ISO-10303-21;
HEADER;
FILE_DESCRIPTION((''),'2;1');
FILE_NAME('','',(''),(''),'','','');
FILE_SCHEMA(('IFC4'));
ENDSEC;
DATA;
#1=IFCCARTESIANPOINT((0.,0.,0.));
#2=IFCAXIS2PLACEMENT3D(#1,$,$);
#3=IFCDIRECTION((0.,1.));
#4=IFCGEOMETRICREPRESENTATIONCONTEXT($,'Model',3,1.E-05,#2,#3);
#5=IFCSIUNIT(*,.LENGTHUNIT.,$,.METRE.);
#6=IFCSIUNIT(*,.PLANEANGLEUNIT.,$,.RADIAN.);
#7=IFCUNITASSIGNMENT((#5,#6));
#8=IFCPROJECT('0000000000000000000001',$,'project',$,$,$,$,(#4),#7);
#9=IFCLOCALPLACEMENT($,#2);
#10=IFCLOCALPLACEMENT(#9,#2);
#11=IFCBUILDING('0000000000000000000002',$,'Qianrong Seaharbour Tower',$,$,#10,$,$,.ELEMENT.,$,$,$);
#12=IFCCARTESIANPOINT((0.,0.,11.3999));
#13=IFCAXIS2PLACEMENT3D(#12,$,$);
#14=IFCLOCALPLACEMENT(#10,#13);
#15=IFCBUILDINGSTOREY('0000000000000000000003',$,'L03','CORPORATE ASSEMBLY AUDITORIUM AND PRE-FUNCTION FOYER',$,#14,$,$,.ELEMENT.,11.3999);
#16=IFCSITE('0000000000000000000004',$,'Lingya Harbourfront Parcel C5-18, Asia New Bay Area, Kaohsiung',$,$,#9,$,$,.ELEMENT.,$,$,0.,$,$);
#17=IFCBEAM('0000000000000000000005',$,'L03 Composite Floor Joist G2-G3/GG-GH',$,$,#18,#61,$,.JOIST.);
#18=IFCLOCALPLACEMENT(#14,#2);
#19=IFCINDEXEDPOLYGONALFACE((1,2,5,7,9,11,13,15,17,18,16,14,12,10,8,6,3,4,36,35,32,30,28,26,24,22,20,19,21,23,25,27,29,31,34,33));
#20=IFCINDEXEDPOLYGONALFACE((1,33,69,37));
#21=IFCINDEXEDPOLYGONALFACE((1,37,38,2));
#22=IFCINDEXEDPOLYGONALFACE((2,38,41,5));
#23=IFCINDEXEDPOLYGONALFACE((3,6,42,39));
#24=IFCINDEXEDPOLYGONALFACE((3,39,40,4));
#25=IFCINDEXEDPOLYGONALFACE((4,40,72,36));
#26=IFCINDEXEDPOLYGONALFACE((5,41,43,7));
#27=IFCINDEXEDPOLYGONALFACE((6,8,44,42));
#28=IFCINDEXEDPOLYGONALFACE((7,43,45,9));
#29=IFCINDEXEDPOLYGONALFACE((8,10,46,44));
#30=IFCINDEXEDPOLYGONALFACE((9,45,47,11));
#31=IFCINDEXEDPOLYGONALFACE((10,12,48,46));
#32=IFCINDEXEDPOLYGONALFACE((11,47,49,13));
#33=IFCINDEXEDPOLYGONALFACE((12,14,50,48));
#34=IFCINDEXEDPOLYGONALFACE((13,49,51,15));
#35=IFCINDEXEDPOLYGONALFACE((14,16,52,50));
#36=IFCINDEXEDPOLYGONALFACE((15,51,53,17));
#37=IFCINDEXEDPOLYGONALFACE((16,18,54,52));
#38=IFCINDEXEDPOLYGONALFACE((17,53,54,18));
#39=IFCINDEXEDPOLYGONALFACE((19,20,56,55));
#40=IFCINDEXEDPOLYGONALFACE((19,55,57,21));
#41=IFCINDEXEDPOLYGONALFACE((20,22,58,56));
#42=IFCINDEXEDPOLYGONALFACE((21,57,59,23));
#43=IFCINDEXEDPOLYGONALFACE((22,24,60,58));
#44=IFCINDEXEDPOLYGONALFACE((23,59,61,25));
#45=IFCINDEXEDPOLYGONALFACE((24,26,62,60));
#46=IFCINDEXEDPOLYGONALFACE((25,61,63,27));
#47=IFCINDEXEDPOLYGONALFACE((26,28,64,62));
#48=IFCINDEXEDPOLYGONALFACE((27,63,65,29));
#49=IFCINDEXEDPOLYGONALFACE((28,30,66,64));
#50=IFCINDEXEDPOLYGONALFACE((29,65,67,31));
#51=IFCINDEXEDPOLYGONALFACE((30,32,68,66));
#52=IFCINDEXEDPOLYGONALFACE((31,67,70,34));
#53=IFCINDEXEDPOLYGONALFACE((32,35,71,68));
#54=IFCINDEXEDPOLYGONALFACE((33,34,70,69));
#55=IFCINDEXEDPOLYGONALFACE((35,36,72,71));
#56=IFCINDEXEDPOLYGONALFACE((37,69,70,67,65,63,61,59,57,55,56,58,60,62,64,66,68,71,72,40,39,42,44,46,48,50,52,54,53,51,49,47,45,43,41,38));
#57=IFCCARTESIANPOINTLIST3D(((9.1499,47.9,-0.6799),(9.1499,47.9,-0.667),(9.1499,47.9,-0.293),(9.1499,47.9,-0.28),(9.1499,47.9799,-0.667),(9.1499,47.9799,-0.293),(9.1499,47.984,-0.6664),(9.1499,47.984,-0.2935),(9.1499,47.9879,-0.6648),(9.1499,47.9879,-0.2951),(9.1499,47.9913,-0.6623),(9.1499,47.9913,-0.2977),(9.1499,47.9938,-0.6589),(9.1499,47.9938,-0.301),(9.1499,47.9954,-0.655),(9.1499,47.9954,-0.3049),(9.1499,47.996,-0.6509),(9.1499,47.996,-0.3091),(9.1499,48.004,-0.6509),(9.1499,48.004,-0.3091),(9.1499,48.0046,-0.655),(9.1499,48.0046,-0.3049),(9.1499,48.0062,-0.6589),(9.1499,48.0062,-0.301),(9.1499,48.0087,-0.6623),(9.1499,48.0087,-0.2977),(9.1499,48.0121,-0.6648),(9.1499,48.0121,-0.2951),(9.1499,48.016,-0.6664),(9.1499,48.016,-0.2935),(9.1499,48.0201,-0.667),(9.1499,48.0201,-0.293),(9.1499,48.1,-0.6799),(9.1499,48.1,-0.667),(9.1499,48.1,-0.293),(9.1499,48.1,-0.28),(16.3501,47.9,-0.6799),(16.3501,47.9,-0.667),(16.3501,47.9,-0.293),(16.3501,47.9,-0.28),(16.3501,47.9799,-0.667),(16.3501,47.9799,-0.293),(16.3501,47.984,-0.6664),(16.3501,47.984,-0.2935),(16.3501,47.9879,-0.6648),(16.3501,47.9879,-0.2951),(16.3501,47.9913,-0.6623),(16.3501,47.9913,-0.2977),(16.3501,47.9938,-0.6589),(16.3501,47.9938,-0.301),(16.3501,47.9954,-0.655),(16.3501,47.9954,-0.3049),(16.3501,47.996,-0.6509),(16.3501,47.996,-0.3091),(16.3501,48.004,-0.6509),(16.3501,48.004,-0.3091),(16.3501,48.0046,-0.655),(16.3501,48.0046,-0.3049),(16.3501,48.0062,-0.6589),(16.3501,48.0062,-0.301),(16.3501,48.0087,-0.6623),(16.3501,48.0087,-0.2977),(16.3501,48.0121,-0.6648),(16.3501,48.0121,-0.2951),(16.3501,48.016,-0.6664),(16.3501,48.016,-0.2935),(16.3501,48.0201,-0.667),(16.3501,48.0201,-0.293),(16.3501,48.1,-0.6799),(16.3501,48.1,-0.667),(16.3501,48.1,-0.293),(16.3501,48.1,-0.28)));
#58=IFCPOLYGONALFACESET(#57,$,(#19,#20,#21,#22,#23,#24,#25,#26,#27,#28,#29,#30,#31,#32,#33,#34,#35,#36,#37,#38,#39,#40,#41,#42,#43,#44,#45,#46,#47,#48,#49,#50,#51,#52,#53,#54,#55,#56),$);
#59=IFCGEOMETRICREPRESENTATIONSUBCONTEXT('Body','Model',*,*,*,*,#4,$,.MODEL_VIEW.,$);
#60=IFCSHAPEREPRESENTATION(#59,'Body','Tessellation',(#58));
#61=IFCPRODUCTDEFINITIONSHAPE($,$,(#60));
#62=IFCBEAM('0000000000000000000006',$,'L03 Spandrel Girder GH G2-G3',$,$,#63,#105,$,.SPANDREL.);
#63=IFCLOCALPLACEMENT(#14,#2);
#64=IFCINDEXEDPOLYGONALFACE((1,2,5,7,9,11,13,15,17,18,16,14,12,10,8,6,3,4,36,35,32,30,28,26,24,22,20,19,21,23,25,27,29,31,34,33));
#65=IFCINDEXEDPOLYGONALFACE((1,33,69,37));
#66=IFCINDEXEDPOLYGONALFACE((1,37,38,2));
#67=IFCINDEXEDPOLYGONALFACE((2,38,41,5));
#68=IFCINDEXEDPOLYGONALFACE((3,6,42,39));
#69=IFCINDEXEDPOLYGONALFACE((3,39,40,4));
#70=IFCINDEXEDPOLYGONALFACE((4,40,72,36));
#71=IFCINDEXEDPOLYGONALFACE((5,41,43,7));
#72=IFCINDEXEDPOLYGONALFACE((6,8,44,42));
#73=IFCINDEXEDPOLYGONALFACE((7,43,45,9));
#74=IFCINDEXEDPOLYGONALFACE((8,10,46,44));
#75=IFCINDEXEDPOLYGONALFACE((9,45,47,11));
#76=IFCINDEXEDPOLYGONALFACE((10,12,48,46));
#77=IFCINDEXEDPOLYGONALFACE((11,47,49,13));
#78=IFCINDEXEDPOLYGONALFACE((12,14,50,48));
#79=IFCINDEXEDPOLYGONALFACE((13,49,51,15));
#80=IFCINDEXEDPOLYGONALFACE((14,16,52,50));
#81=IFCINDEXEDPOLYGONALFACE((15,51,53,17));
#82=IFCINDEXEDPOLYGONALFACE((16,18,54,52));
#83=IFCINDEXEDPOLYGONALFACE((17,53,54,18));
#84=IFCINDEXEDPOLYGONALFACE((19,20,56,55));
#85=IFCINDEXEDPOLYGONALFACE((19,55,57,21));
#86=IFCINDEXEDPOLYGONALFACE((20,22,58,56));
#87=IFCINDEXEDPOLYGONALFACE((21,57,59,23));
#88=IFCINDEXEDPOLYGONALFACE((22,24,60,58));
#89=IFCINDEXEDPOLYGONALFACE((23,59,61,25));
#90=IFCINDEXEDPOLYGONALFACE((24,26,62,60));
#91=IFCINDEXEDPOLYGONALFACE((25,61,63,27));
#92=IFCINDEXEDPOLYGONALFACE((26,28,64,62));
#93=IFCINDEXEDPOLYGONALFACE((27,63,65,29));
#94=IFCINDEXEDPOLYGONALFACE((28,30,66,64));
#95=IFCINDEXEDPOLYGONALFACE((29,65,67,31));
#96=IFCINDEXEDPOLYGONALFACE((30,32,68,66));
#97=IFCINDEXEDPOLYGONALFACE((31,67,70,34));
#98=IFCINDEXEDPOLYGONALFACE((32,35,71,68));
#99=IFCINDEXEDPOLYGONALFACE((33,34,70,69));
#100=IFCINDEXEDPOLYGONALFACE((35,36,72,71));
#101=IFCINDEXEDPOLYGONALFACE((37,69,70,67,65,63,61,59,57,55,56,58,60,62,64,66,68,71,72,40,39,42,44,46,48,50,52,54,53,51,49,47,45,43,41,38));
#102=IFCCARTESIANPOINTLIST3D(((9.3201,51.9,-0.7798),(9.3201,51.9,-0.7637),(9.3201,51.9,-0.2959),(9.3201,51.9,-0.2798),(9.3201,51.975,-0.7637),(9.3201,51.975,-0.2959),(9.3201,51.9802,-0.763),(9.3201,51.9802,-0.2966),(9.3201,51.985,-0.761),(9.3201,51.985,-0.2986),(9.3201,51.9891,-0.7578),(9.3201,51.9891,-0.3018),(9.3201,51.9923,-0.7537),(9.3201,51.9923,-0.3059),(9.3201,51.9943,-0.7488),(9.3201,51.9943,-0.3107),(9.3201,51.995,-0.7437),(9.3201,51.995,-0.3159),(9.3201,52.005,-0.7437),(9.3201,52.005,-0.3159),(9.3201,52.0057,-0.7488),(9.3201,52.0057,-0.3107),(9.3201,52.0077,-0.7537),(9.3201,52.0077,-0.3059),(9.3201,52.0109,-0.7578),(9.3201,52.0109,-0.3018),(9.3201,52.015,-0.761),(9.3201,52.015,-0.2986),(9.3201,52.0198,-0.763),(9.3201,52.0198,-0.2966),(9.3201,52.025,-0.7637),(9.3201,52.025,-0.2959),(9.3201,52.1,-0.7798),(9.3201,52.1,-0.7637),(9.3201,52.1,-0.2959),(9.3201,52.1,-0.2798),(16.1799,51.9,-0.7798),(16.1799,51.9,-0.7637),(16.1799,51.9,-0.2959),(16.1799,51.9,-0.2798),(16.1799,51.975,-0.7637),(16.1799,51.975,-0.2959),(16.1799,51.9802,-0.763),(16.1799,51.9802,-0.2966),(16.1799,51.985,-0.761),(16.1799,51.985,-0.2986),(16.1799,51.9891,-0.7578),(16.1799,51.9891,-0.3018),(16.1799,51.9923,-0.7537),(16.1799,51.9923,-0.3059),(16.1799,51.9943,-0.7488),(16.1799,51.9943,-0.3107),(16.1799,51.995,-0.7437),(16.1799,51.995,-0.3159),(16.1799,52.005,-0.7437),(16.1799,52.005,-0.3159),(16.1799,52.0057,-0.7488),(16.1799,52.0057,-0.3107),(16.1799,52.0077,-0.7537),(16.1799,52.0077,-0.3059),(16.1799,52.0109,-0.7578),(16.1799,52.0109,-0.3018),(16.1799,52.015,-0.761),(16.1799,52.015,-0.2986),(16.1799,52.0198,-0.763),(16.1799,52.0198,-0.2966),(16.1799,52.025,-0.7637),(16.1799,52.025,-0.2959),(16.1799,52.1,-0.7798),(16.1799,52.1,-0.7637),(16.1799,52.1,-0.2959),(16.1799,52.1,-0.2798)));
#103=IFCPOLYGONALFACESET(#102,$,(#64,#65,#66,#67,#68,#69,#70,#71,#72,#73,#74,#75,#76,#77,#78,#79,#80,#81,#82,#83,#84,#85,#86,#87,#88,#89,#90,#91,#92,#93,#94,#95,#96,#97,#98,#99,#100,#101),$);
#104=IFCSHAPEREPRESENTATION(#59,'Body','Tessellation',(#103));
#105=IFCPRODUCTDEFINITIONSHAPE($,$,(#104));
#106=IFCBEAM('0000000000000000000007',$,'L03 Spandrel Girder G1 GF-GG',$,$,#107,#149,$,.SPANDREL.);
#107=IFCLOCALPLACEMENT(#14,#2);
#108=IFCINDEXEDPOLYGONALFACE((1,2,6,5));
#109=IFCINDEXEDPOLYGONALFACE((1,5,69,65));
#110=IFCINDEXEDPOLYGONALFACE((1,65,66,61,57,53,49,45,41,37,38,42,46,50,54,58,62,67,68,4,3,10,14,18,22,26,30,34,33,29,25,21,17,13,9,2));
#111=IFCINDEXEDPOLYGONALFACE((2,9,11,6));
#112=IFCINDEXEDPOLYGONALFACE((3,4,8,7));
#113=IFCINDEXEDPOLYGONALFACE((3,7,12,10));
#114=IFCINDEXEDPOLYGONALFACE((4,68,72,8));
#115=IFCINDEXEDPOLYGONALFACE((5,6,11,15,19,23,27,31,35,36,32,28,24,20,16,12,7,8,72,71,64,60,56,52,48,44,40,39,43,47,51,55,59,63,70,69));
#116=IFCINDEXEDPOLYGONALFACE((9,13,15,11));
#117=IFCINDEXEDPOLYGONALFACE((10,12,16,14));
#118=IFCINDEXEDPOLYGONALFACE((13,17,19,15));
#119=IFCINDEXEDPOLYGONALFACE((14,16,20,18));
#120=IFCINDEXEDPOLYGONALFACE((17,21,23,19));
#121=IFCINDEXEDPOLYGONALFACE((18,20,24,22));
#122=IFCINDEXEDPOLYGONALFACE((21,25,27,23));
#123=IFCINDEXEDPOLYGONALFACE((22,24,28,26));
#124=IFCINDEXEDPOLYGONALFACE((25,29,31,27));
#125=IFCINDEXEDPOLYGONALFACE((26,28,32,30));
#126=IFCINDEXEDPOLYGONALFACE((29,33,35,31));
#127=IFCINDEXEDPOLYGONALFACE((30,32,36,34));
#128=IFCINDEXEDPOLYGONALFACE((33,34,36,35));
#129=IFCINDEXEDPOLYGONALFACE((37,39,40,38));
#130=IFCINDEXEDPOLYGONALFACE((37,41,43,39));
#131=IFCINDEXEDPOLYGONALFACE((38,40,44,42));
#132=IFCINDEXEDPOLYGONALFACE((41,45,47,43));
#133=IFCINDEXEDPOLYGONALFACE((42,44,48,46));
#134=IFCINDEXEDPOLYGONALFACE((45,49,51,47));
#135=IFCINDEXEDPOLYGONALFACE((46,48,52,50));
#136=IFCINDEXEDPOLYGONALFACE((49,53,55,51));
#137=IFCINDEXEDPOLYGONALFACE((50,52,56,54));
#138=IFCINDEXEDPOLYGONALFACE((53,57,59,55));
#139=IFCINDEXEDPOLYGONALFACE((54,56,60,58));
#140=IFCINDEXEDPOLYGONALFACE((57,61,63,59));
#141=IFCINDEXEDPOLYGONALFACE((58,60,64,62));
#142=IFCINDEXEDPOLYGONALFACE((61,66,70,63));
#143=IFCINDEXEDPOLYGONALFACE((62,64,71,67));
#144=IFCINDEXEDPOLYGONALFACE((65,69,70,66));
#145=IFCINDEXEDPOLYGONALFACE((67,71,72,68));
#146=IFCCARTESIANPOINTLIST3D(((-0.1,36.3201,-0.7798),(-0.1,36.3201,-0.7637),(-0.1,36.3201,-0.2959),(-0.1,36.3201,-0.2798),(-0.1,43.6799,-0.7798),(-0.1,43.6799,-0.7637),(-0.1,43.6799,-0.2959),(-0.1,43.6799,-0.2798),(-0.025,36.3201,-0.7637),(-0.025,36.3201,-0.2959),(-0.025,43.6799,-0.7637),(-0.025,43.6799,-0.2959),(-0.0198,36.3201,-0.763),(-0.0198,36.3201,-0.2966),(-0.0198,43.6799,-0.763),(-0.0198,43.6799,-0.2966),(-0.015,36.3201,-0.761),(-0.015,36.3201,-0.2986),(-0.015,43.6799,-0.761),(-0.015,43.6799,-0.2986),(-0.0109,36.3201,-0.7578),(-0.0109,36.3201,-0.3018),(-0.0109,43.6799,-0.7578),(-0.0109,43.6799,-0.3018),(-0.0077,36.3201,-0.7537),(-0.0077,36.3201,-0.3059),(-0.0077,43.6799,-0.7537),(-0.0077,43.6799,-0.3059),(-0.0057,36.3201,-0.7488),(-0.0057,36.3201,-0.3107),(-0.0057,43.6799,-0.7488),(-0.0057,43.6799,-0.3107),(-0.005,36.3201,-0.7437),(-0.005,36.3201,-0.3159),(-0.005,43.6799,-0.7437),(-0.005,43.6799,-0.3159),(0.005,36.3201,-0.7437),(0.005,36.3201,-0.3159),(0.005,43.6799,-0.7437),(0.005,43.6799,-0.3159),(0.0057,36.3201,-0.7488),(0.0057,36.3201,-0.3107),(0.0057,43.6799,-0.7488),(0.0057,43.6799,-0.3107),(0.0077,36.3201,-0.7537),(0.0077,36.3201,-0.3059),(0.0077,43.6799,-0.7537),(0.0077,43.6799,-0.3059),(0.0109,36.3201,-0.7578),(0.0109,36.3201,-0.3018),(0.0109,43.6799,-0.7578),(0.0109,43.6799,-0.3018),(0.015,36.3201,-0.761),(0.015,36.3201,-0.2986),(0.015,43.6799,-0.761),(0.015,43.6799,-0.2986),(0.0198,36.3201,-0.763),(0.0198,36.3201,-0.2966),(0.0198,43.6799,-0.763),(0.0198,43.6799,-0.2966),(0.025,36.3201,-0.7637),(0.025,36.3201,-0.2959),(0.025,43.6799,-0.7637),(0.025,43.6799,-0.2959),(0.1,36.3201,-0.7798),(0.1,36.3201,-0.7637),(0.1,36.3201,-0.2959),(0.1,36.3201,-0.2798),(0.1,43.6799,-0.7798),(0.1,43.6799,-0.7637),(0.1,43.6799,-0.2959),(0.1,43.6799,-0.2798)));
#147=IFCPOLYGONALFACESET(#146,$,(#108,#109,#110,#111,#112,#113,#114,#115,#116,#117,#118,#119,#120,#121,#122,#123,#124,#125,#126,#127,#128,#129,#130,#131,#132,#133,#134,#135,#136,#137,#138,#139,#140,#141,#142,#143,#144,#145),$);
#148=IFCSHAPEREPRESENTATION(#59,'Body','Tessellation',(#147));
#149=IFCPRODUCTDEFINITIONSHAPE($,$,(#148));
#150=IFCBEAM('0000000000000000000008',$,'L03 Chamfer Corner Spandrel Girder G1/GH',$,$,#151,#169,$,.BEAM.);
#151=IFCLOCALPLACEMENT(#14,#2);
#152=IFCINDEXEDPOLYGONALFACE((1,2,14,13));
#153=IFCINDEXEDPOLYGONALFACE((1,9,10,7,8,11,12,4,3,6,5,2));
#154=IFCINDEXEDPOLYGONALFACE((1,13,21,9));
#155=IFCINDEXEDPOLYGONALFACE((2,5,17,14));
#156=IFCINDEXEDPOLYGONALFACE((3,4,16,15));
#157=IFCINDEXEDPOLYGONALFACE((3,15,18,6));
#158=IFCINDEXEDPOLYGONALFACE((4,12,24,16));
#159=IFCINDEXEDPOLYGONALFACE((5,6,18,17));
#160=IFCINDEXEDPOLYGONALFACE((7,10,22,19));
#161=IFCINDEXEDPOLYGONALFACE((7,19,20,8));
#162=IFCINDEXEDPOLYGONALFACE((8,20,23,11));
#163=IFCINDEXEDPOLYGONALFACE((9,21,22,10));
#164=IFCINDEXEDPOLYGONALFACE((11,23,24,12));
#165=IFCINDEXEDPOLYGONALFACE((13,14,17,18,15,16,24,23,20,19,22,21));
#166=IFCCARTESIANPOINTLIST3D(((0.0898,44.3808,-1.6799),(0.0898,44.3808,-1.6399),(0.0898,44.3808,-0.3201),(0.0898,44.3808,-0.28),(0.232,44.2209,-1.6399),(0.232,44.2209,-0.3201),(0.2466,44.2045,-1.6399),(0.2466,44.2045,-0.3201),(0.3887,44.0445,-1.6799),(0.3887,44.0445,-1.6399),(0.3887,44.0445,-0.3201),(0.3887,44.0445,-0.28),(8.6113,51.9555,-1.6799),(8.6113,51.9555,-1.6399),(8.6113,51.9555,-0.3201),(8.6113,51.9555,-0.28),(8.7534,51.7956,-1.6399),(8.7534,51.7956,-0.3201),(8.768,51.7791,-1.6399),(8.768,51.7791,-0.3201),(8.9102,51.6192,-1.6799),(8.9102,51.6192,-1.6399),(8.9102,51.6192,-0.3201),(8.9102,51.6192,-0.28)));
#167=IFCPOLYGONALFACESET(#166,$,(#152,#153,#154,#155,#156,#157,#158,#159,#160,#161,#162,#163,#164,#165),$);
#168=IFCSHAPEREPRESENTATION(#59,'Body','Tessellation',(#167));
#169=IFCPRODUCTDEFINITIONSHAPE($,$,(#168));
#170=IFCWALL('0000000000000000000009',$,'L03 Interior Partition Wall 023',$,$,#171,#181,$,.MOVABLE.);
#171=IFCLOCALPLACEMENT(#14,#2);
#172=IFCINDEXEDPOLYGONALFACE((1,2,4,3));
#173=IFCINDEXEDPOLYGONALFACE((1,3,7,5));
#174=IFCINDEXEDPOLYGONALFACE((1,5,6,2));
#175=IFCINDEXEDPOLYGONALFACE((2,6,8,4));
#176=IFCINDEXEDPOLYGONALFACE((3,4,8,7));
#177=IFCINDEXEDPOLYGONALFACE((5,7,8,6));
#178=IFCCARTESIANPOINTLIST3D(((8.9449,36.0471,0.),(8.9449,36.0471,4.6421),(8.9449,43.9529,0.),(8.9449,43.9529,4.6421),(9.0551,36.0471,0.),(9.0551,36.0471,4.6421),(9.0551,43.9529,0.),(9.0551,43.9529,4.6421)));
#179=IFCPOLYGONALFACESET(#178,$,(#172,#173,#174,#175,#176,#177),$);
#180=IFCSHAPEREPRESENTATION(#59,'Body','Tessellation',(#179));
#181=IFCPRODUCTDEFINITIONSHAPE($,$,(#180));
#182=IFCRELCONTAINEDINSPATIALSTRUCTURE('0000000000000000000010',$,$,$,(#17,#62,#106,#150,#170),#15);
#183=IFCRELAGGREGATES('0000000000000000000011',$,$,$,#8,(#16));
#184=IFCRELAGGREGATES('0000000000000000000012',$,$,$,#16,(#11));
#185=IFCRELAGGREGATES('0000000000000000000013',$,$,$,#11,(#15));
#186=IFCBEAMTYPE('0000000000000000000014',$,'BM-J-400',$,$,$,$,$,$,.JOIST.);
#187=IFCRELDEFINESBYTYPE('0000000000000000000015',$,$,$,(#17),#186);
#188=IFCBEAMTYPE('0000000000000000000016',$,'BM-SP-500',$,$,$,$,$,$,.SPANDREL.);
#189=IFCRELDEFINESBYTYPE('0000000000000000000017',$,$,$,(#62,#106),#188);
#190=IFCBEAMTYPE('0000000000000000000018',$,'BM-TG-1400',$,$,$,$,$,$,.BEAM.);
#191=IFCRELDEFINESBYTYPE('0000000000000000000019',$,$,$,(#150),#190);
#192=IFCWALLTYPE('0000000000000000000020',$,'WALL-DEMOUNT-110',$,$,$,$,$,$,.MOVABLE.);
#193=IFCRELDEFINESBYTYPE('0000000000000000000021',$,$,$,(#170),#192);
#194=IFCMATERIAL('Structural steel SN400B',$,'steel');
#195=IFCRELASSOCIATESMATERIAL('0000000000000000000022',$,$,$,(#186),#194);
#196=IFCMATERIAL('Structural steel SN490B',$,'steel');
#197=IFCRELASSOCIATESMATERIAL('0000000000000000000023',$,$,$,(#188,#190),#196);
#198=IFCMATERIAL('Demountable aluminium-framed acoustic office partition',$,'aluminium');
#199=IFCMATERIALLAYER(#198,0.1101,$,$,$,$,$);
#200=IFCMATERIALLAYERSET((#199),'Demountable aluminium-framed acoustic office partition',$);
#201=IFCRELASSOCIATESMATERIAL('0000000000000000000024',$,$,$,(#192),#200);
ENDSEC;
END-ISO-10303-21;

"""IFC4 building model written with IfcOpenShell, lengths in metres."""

from ifc_helpers import new_model, si_unit, direction, frame, frame_2d, origin, origin_2d, place, context, subcontext, project, spatial, rectangle, i_section, extrude, material, layer, layer_set, material_profile, profile_set, type_object, element, save


model = new_model("IFC4")

# Units and contexts
model_context = context("Model", 3, precision=1e-05, world=origin(), true_north=direction((0.0, 1.0)))
body_context = subcontext(model_context, "Body", "Model", "MODEL_VIEW")
ifc_project = project(units=[si_unit("LENGTHUNIT", "METRE"), si_unit("PLANEANGLEUNIT", "RADIAN")], contexts=[model_context])

# Site, building, storey
site_placement = place(None, origin())
site = spatial("IfcSite", under=ifc_project, at=site_placement, Name="Lingya Harbourfront Parcel C5-18, Asia New Bay Area, Kaohsiung", CompositionType="ELEMENT", RefElevation=0.0)
building_placement = place(site_placement, origin())
building = spatial("IfcBuilding", under=site, at=building_placement, Name="Qianrong Seaharbour Tower", CompositionType="ELEMENT")
storey_placement = place(building_placement, frame((0.0, 0.0, 11.3999)))
storey = spatial("IfcBuildingStorey", under=building, at=storey_placement, Name="L03", Description="CORPORATE ASSEMBLY AUDITORIUM AND PRE-FUNCTION FOYER", CompositionType="ELEMENT", Elevation=11.3999)

# Shared definitions
ifc_material_1 = material(Name="Structural steel SN490B", Category="steel")

# Beams
ifc_material_2 = material(Name="Structural steel SN400B", Category="steel")
ifc_material_profile_1 = material_profile(ifc_material_2, i_section(OverallWidth=0.2, OverallDepth=0.3999, WebThickness=0.0081, FlangeThickness=0.0129, FilletRadius=0.0161, at=origin_2d()), Name="H400x200x8x13")
ifc_profile_set_1 = profile_set([ifc_material_profile_1], Name="Structural steel SN400B")
beam_type_1 = type_object("IfcBeamType", Name="BM-J-400", PredefinedType="JOIST", material=ifc_profile_set_1)
beam_1_placement = place(storey_placement, frame((9.1499, 48.0, -0.48), z_axis=(1.0, 0.0, 0.0), x_axis=(0.0, 1.0, 0.0)))
element("IfcBeam", 1, at=beam_1_placement, inside=storey, type_object=beam_type_1, Name="L03 Composite Floor Joist G2-G3/GG-GH", PredefinedType="JOIST", context=body_context, shape_type="SweptSolid", body=[
    extrude(i_section(OverallWidth=0.2, OverallDepth=0.3999, WebThickness=0.0081, FlangeThickness=0.0129, FilletRadius=0.0161, at=origin_2d()), origin(), (0.0, 0.0, 1.0), 7.2002),
])
ifc_material_profile_2 = material_profile(ifc_material_1, i_section(OverallWidth=0.2, OverallDepth=0.5, WebThickness=0.01, FlangeThickness=0.0161, FilletRadius=0.02, at=origin_2d()), Name="H500x200x10x16")
ifc_profile_set_2 = profile_set([ifc_material_profile_2], Name="Structural steel SN490B")
beam_type_2 = type_object("IfcBeamType", Name="BM-SP-500", PredefinedType="SPANDREL", material=ifc_profile_set_2)
beam_2_placement = place(storey_placement, frame((9.3201, 52.0, -0.5298), z_axis=(1.0, 0.0, 0.0), x_axis=(0.0, 1.0, 0.0)))
element("IfcBeam", 2, at=beam_2_placement, inside=storey, type_object=beam_type_2, Name="L03 Spandrel Girder GH G2-G3", PredefinedType="SPANDREL", context=body_context, shape_type="SweptSolid", body=[
    extrude(i_section(OverallWidth=0.2, OverallDepth=0.5, WebThickness=0.01, FlangeThickness=0.0161, FilletRadius=0.02, at=origin_2d()), origin(), (0.0, 0.0, 1.0), 6.8599),
])
beam_3_placement = place(storey_placement, frame((0.0, 36.3201, -0.5298), z_axis=(0.0, 1.0, 0.0), x_axis=(-1.0, 0.0, 0.0)))
element("IfcBeam", 3, at=beam_3_placement, inside=storey, type_object=beam_type_2, Name="L03 Spandrel Girder G1 GF-GG", PredefinedType="SPANDREL", context=body_context, shape_type="SweptSolid", body=[
    extrude(i_section(OverallWidth=0.2, OverallDepth=0.5, WebThickness=0.01, FlangeThickness=0.0161, FilletRadius=0.02, at=origin_2d()), origin(), (0.0, 0.0, 1.0), 7.3599),
])
ifc_material_profile_3 = material_profile(ifc_material_1, i_section(OverallWidth=0.45, OverallDepth=1.3999, WebThickness=0.022, FlangeThickness=0.04, at=origin_2d()), Name="BH1400x450x22x40")
ifc_profile_set_3 = profile_set([ifc_material_profile_3], Name="Structural steel SN490B")
beam_type_3 = type_object("IfcBeamType", Name="BM-TG-1400", PredefinedType="BEAM", material=ifc_profile_set_3)
beam_4_placement = place(storey_placement, frame((8.7607, 51.7874, -0.98), z_axis=(-0.747407, -0.664366, 0.0), x_axis=(0.664366, -0.747407, 0.0)))
element("IfcBeam", 4, at=beam_4_placement, inside=storey, type_object=beam_type_3, Name="L03 Chamfer Corner Spandrel Girder G1/GH", PredefinedType="BEAM", context=body_context, shape_type="SweptSolid", body=[
    extrude(i_section(OverallWidth=0.45, OverallDepth=1.3999, WebThickness=0.022, FlangeThickness=0.04, at=origin_2d()), origin(), (0.0, 0.0, 1.0), 11.4014),
])

# Wall
ifc_material_3 = material(Name="Demountable aluminium-framed acoustic office partition", Category="aluminium")
ifc_layer_1 = layer(ifc_material_3, 0.1101)
ifc_layer_set_1 = layer_set([ifc_layer_1], Name="Demountable aluminium-framed acoustic office partition")
wall_type_1 = type_object("IfcWallType", Name="WALL-DEMOUNT-110", PredefinedType="MOVABLE", material=ifc_layer_set_1)
wall_1_placement = place(storey_placement, frame((9.0, 36.0471, 0.0), z_axis=(0.0, 0.0, 1.0), x_axis=(0.0, 1.0, 0.0)))
element("IfcWall", 5, at=wall_1_placement, inside=storey, type_object=wall_type_1, Name="L03 Interior Partition Wall 023", PredefinedType="MOVABLE", context=body_context, shape_type="SweptSolid", body=[
    extrude(rectangle(XDim=7.9058, YDim=0.1101, at=frame_2d((3.9529, 0.0))), origin(), (0.0, 0.0, 1.0), 4.6421),
])

save(model, "model.ifc")
